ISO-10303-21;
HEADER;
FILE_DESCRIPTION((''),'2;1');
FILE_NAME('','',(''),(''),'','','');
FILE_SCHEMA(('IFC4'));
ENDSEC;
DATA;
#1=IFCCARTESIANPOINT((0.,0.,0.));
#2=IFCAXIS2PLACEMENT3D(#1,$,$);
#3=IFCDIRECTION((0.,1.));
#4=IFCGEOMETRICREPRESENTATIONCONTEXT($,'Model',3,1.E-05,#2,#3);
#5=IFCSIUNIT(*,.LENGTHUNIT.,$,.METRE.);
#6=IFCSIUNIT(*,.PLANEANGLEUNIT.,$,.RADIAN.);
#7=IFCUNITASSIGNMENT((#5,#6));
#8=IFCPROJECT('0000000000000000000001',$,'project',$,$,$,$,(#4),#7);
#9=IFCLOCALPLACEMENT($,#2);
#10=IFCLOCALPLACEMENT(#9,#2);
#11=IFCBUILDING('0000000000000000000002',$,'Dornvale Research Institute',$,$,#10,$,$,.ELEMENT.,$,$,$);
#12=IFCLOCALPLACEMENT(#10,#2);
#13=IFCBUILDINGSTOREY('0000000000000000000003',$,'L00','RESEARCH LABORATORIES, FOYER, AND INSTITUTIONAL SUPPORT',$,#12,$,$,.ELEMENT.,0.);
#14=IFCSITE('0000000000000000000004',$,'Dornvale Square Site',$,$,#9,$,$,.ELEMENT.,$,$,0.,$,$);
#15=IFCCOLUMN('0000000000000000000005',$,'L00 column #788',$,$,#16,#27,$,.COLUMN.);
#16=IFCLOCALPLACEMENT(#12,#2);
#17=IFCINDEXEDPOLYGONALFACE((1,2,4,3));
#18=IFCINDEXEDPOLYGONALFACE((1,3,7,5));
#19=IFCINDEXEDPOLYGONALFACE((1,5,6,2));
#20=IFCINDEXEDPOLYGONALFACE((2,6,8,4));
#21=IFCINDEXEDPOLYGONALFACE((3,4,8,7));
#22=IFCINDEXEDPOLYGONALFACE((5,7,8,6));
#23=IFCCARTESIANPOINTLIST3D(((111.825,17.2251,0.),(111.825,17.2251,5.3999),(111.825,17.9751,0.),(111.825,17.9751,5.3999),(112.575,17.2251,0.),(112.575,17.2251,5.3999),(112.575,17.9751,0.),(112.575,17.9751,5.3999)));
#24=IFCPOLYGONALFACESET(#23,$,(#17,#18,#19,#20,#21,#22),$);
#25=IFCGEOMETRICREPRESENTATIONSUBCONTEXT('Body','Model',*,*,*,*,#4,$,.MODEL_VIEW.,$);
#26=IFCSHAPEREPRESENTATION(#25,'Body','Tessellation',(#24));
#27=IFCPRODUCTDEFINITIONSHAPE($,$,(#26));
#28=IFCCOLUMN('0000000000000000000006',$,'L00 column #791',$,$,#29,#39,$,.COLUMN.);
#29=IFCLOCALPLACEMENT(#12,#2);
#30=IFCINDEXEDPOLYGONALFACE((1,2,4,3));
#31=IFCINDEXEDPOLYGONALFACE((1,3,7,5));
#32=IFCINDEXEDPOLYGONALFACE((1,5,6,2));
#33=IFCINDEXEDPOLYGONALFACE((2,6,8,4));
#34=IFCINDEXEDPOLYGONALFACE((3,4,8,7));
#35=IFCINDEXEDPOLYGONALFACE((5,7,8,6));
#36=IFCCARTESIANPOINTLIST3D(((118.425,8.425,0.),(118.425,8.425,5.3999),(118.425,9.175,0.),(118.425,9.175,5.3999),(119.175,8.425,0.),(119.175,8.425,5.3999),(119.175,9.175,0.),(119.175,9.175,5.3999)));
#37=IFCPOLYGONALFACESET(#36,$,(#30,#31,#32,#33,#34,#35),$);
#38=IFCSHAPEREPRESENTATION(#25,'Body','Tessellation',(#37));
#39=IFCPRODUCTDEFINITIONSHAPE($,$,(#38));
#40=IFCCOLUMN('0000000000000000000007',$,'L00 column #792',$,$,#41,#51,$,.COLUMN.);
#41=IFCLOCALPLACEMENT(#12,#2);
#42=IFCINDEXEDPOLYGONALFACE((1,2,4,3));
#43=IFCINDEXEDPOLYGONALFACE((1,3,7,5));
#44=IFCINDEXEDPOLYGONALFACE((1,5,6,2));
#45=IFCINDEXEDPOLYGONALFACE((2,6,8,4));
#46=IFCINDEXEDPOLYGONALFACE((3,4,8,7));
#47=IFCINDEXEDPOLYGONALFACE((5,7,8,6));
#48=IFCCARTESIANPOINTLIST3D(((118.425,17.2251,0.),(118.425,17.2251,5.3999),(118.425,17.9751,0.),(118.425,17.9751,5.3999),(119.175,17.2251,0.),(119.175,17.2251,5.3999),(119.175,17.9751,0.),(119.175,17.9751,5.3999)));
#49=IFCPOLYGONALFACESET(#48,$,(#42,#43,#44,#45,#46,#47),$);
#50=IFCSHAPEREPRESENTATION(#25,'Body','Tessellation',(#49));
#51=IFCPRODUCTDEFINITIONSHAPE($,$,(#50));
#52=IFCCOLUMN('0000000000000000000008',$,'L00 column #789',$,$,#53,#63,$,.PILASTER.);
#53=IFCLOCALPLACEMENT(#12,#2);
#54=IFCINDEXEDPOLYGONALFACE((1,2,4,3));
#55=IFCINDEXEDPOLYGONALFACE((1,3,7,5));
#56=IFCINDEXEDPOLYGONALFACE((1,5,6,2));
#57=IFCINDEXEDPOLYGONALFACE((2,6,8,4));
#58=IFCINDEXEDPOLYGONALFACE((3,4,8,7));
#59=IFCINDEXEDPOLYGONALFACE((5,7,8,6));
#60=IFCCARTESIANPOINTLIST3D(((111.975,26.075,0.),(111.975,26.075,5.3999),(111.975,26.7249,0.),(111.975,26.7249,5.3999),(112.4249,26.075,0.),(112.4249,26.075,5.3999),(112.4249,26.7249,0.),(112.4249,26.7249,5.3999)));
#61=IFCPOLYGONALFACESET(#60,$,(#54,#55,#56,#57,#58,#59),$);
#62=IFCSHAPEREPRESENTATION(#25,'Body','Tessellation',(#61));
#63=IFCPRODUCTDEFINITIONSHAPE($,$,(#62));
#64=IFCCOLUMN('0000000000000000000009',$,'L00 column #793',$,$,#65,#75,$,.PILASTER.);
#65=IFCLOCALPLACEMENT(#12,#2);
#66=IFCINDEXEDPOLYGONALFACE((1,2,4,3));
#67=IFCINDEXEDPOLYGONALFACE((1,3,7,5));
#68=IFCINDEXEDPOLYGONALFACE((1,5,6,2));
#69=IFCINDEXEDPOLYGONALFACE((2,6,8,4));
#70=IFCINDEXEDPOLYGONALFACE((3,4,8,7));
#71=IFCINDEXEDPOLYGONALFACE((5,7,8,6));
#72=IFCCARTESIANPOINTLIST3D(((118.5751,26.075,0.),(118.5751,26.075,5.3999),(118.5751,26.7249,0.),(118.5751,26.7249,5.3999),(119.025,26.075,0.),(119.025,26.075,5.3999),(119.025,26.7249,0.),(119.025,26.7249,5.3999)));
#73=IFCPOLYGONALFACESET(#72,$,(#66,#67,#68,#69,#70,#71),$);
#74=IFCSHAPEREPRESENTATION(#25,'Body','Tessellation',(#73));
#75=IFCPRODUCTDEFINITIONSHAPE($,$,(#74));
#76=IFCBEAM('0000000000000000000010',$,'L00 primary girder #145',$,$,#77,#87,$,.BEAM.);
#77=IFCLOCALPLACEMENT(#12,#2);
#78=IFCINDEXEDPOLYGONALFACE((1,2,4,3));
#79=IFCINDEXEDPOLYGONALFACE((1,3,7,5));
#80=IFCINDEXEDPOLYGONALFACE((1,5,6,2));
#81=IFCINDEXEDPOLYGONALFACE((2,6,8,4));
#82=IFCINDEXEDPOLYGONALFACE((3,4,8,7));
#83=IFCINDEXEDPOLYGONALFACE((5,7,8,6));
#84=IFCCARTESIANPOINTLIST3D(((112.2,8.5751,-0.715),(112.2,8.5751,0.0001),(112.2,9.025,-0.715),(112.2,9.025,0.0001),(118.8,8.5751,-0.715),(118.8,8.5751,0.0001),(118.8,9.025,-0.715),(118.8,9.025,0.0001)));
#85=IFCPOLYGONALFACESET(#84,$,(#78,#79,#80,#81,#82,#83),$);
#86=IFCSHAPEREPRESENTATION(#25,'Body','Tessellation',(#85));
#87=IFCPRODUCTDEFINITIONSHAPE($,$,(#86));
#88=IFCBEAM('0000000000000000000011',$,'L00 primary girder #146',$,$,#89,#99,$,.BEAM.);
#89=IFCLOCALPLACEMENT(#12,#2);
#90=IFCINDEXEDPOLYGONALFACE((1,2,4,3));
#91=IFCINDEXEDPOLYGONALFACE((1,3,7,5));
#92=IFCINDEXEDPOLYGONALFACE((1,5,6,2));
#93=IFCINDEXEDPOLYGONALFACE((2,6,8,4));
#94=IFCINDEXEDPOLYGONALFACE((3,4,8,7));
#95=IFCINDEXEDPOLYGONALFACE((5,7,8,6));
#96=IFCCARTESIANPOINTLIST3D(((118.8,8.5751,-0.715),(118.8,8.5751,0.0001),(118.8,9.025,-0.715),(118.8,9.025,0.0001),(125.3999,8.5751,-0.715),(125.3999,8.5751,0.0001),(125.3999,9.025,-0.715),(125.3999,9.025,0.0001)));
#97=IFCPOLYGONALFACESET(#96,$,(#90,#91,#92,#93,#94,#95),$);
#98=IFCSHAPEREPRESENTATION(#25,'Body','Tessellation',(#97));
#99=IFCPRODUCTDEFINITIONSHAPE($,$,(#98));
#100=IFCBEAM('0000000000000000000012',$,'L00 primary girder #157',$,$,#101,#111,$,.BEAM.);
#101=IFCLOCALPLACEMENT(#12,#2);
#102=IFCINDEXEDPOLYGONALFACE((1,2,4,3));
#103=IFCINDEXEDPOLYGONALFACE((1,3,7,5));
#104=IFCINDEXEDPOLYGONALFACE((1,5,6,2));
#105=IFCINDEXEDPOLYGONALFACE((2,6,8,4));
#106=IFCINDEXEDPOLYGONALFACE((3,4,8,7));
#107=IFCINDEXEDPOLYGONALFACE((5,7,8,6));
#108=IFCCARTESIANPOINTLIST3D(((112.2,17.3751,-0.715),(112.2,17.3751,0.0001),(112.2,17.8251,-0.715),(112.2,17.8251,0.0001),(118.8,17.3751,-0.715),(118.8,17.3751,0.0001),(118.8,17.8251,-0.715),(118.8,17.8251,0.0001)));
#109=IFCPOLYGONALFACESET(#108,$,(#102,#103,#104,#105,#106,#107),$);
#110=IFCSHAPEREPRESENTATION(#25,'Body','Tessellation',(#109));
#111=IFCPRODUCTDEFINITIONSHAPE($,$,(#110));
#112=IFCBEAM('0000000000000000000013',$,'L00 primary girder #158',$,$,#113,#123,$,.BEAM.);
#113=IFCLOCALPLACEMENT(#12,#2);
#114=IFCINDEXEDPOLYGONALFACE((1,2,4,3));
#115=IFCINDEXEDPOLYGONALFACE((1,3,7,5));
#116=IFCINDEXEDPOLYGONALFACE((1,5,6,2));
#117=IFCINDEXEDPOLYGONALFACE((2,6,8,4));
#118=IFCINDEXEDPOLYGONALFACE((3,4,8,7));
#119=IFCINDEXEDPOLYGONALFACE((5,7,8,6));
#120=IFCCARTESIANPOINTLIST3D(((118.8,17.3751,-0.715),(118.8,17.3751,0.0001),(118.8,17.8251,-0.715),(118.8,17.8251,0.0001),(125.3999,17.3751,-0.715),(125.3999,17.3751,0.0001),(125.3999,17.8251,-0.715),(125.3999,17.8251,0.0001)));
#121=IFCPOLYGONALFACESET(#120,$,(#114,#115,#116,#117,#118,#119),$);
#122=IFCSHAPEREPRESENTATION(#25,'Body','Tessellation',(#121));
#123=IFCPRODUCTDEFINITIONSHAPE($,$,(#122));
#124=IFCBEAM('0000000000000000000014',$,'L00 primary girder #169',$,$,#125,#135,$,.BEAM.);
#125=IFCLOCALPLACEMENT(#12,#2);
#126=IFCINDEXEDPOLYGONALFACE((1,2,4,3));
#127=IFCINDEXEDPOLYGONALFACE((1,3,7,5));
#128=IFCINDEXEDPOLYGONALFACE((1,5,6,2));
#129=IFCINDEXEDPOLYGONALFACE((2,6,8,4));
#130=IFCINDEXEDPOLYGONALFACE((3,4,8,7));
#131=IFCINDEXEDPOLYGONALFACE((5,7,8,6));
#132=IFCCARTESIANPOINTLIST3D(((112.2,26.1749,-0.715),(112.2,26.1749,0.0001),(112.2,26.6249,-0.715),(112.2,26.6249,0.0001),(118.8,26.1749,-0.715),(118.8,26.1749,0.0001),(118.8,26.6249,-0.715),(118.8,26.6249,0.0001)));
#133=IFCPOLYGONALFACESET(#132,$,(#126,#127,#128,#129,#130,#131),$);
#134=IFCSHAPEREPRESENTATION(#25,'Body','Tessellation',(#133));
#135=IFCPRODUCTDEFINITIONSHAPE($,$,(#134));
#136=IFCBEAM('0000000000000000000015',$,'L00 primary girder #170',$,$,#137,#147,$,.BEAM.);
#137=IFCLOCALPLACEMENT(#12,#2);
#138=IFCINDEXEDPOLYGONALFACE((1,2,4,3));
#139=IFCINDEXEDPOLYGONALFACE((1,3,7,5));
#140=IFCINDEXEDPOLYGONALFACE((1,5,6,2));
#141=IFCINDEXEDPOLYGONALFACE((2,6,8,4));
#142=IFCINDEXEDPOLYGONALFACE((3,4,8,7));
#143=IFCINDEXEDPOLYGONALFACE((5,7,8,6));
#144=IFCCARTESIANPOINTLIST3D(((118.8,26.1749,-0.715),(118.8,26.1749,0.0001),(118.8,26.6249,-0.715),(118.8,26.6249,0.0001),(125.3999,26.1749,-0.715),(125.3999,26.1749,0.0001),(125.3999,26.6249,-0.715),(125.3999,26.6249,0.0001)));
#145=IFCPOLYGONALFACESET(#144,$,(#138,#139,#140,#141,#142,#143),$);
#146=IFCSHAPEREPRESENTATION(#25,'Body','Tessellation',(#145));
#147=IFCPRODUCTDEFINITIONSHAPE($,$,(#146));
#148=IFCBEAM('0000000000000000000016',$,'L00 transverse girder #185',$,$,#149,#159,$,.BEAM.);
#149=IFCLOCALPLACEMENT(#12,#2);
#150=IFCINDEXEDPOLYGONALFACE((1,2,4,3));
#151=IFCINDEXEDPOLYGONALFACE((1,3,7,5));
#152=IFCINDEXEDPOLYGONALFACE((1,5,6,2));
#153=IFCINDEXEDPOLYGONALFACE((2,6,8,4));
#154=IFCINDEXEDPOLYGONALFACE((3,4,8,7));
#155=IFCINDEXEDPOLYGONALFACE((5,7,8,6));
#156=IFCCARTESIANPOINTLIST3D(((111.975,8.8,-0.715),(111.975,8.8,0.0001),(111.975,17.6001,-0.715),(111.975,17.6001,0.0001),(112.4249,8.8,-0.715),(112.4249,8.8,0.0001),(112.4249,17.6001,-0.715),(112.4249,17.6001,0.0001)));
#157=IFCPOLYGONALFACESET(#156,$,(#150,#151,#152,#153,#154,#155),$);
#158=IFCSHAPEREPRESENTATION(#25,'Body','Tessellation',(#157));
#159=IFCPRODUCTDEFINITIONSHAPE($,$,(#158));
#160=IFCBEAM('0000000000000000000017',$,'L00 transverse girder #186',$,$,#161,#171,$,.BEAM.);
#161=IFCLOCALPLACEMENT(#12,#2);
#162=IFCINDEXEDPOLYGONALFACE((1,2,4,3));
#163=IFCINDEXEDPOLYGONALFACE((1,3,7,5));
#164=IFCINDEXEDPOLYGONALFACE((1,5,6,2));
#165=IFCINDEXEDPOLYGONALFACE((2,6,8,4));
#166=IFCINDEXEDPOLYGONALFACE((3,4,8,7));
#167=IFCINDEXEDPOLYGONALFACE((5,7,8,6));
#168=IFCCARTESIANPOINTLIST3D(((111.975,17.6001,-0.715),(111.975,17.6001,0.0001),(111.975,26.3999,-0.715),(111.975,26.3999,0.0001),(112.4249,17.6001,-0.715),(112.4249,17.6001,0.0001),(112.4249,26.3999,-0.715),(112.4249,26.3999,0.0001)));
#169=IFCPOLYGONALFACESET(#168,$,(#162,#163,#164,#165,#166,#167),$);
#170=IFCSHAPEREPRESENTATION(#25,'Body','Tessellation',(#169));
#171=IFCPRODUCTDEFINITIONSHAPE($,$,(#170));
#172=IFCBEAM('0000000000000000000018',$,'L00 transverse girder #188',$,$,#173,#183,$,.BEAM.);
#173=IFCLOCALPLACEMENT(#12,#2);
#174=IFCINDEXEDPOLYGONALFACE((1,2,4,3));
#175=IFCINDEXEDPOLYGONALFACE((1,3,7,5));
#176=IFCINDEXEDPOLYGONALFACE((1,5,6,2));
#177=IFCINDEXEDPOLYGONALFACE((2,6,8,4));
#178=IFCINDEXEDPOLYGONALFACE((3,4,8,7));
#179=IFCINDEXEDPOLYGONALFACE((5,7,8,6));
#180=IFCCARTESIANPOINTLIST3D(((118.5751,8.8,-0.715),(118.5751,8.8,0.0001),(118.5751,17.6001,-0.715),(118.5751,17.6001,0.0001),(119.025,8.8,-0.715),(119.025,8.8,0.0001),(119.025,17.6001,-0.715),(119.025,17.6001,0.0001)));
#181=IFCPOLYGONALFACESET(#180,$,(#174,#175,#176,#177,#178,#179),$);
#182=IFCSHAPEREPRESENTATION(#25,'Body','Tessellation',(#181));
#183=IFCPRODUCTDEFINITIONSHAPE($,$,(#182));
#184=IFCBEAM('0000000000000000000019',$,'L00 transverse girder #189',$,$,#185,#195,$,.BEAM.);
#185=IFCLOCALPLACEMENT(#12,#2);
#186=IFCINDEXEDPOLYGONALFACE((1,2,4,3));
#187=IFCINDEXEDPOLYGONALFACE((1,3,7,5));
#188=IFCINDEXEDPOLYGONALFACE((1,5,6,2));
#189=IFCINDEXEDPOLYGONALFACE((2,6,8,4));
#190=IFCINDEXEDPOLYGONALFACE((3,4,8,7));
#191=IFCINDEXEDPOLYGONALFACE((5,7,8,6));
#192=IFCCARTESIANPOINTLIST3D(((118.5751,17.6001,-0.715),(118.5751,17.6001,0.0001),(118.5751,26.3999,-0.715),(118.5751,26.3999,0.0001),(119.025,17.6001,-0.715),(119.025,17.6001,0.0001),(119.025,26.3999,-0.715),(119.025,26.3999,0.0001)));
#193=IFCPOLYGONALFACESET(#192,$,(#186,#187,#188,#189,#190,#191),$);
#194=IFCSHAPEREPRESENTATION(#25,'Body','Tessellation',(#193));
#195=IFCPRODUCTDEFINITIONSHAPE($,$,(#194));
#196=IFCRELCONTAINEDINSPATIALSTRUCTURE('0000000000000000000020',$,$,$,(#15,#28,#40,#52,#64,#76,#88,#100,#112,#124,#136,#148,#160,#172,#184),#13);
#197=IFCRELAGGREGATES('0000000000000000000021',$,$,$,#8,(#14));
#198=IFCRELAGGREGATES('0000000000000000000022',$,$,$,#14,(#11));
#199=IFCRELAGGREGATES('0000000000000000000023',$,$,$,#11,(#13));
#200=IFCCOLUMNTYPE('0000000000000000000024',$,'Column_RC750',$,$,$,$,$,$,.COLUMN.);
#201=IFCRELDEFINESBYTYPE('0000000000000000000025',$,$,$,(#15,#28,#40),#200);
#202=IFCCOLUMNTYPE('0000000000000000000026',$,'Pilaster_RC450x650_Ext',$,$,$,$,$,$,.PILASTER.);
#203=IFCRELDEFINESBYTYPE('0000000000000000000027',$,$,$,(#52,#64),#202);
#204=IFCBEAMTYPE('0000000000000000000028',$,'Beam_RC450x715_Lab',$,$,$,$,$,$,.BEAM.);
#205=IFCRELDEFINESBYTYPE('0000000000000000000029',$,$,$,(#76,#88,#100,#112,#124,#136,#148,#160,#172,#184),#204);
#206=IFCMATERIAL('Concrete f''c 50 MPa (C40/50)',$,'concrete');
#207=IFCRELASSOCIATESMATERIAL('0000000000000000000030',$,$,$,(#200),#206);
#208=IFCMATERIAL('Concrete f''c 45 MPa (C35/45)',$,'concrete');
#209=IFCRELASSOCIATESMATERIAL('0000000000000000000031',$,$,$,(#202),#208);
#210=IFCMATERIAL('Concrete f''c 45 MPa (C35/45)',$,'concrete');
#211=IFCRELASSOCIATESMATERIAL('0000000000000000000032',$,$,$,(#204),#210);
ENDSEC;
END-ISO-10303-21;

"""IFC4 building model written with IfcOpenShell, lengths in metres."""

from ifc_helpers import new_model, si_unit, direction, frame, origin, origin_2d, place, context, subcontext, project, spatial, rectangle, extrude, material, material_profile, profile_set, type_object, element, save


model = new_model("IFC4")

# Units and contexts
model_context = context("Model", 3, precision=1e-05, world=origin(), true_north=direction((0.0, 1.0)))
body_context = subcontext(model_context, "Body", "Model", "MODEL_VIEW")
ifc_project = project(units=[si_unit("LENGTHUNIT", "METRE"), si_unit("PLANEANGLEUNIT", "RADIAN")], contexts=[model_context])

# Site, building, storey
site_placement = place(None, origin())
site = spatial("IfcSite", under=ifc_project, at=site_placement, Name="Dornvale Square Site", CompositionType="ELEMENT", RefElevation=0.0)
building_placement = place(site_placement, origin())
building = spatial("IfcBuilding", under=site, at=building_placement, Name="Dornvale Research Institute", CompositionType="ELEMENT")
storey_placement = place(building_placement, origin())
storey = spatial("IfcBuildingStorey", under=building, at=storey_placement, Name="L00", Description="RESEARCH LABORATORIES, FOYER, AND INSTITUTIONAL SUPPORT", CompositionType="ELEMENT", Elevation=0.0)

# Columns
ifc_material_1 = material(Name="Concrete f'c 50 MPa (C40/50)", Category="concrete")
ifc_material_profile_1 = material_profile(ifc_material_1, rectangle(XDim=0.75, YDim=0.75, at=origin_2d()), Name="RC 750x750")
ifc_profile_set_1 = profile_set([ifc_material_profile_1], Name="Concrete f'c 50 MPa (C40/50)")
column_type_1 = type_object("IfcColumnType", Name="Column_RC750", PredefinedType="COLUMN", material=ifc_profile_set_1)
for number, where, z_axis, x_axis, name in (
    (1, (112.2, 17.6001, 0.0), (0.0, 0.0, 1.0), (1.0, 0.0, 0.0), "L00 column #788"),
    (2, (118.8, 8.8, 0.0), (0.0, 0.0, 1.0), (1.0, 0.0, 0.0), "L00 column #791"),
    (3, (118.8, 17.6001, 0.0), (0.0, 0.0, 1.0), (1.0, 0.0, 0.0), "L00 column #792"),
):
    element("IfcColumn", number, at=place(storey_placement, frame(where, z_axis=z_axis, x_axis=x_axis)), inside=storey, type_object=column_type_1, Name=name, PredefinedType="COLUMN", context=body_context, shape_type="SweptSolid", body=[
        extrude(rectangle(XDim=0.75, YDim=0.75, at=origin_2d()), origin(), (0.0, 0.0, 1.0), 5.3999),
    ])
ifc_material_2 = material(Name="Concrete f'c 45 MPa (C35/45)", Category="concrete")
ifc_material_profile_2 = material_profile(ifc_material_2, rectangle(XDim=0.45, YDim=0.6499, at=origin_2d()), Name="RC 450x650")
ifc_profile_set_2 = profile_set([ifc_material_profile_2], Name="Concrete f'c 45 MPa (C35/45)")
column_type_2 = type_object("IfcColumnType", Name="Pilaster_RC450x650_Ext", PredefinedType="PILASTER", material=ifc_profile_set_2)
for number, where, z_axis, x_axis, name in (
    (4, (112.2, 26.3999, 0.0), (0.0, 0.0, 1.0), (1.0, 0.0, 0.0), "L00 column #789"),
    (5, (118.8, 26.3999, 0.0), (0.0, 0.0, 1.0), (1.0, 0.0, 0.0), "L00 column #793"),
):
    element("IfcColumn", number, at=place(storey_placement, frame(where, z_axis=z_axis, x_axis=x_axis)), inside=storey, type_object=column_type_2, Name=name, PredefinedType="PILASTER", context=body_context, shape_type="SweptSolid", body=[
        extrude(rectangle(XDim=0.45, YDim=0.6499, at=origin_2d()), origin(), (0.0, 0.0, 1.0), 5.3999),
    ])

# Beams
ifc_material_3 = material(Name="Concrete f'c 45 MPa (C35/45)", Category="concrete")
ifc_material_profile_3 = material_profile(ifc_material_3, rectangle(XDim=0.45, YDim=0.7151, at=origin_2d()), Name="RC 450x715")
ifc_profile_set_3 = profile_set([ifc_material_profile_3], Name="Concrete f'c 45 MPa (C35/45)")
beam_type_1 = type_object("IfcBeamType", Name="Beam_RC450x715_Lab", PredefinedType="BEAM", material=ifc_profile_set_3)
beam_1_placement = place(storey_placement, frame((112.2, 8.8, -0.3574), z_axis=(1.0, 0.0, 0.0), x_axis=(0.0, 1.0, 0.0)))
element("IfcBeam", 6, at=beam_1_placement, inside=storey, type_object=beam_type_1, Name="L00 primary girder #145", PredefinedType="BEAM", context=body_context, shape_type="SweptSolid", body=[
    extrude(rectangle(XDim=0.45, YDim=0.7151, at=origin_2d()), origin(), (0.0, 0.0, 1.0), 6.6001),
])
beam_2_placement = place(storey_placement, frame((118.8, 8.8, -0.3574), z_axis=(1.0, 0.0, 0.0), x_axis=(0.0, 1.0, 0.0)))
element("IfcBeam", 7, at=beam_2_placement, inside=storey, type_object=beam_type_1, Name="L00 primary girder #146", PredefinedType="BEAM", context=body_context, shape_type="SweptSolid", body=[
    extrude(rectangle(XDim=0.45, YDim=0.7151, at=origin_2d()), origin(), (0.0, 0.0, 1.0), 6.5999),
])
beam_3_placement = place(storey_placement, frame((112.2, 17.6001, -0.3574), z_axis=(1.0, 0.0, 0.0), x_axis=(0.0, 1.0, 0.0)))
element("IfcBeam", 8, at=beam_3_placement, inside=storey, type_object=beam_type_1, Name="L00 primary girder #157", PredefinedType="BEAM", context=body_context, shape_type="SweptSolid", body=[
    extrude(rectangle(XDim=0.45, YDim=0.7151, at=origin_2d()), origin(), (0.0, 0.0, 1.0), 6.6001),
])
beam_4_placement = place(storey_placement, frame((118.8, 17.6001, -0.3574), z_axis=(1.0, 0.0, 0.0), x_axis=(0.0, 1.0, 0.0)))
element("IfcBeam", 9, at=beam_4_placement, inside=storey, type_object=beam_type_1, Name="L00 primary girder #158", PredefinedType="BEAM", context=body_context, shape_type="SweptSolid", body=[
    extrude(rectangle(XDim=0.45, YDim=0.7151, at=origin_2d()), origin(), (0.0, 0.0, 1.0), 6.5999),
])
beam_5_placement = place(storey_placement, frame((112.2, 26.3999, -0.3574), z_axis=(1.0, 0.0, 0.0), x_axis=(0.0, 1.0, 0.0)))
element("IfcBeam", 10, at=beam_5_placement, inside=storey, type_object=beam_type_1, Name="L00 primary girder #169", PredefinedType="BEAM", context=body_context, shape_type="SweptSolid", body=[
    extrude(rectangle(XDim=0.45, YDim=0.7151, at=origin_2d()), origin(), (0.0, 0.0, 1.0), 6.6001),
])
beam_6_placement = place(storey_placement, frame((118.8, 26.3999, -0.3574), z_axis=(1.0, 0.0, 0.0), x_axis=(0.0, 1.0, 0.0)))
element("IfcBeam", 11, at=beam_6_placement, inside=storey, type_object=beam_type_1, Name="L00 primary girder #170", PredefinedType="BEAM", context=body_context, shape_type="SweptSolid", body=[
    extrude(rectangle(XDim=0.45, YDim=0.7151, at=origin_2d()), origin(), (0.0, 0.0, 1.0), 6.5999),
])
beam_7_placement = place(storey_placement, frame((112.2, 8.8, -0.3574), z_axis=(0.0, 1.0, 0.0), x_axis=(-1.0, 0.0, 0.0)))
element("IfcBeam", 12, at=beam_7_placement, inside=storey, type_object=beam_type_1, Name="L00 transverse girder #185", PredefinedType="BEAM", context=body_context, shape_type="SweptSolid", body=[
    extrude(rectangle(XDim=0.45, YDim=0.7151, at=origin_2d()), origin(), (0.0, 0.0, 1.0), 8.8),
])
beam_8_placement = place(storey_placement, frame((112.2, 17.6001, -0.3574), z_axis=(0.0, 1.0, 0.0), x_axis=(-1.0, 0.0, 0.0)))
element("IfcBeam", 13, at=beam_8_placement, inside=storey, type_object=beam_type_1, Name="L00 transverse girder #186", PredefinedType="BEAM", context=body_context, shape_type="SweptSolid", body=[
    extrude(rectangle(XDim=0.45, YDim=0.7151, at=origin_2d()), origin(), (0.0, 0.0, 1.0), 8.7998),
])
beam_9_placement = place(storey_placement, frame((118.8, 8.8, -0.3574), z_axis=(0.0, 1.0, 0.0), x_axis=(-1.0, 0.0, 0.0)))
element("IfcBeam", 14, at=beam_9_placement, inside=storey, type_object=beam_type_1, Name="L00 transverse girder #188", PredefinedType="BEAM", context=body_context, shape_type="SweptSolid", body=[
    extrude(rectangle(XDim=0.45, YDim=0.7151, at=origin_2d()), origin(), (0.0, 0.0, 1.0), 8.8),
])
beam_10_placement = place(storey_placement, frame((118.8, 17.6001, -0.3574), z_axis=(0.0, 1.0, 0.0), x_axis=(-1.0, 0.0, 0.0)))
element("IfcBeam", 15, at=beam_10_placement, inside=storey, type_object=beam_type_1, Name="L00 transverse girder #189", PredefinedType="BEAM", context=body_context, shape_type="SweptSolid", body=[
    extrude(rectangle(XDim=0.45, YDim=0.7151, at=origin_2d()), origin(), (0.0, 0.0, 1.0), 8.7998),
])

save(model, "model.ifc")
